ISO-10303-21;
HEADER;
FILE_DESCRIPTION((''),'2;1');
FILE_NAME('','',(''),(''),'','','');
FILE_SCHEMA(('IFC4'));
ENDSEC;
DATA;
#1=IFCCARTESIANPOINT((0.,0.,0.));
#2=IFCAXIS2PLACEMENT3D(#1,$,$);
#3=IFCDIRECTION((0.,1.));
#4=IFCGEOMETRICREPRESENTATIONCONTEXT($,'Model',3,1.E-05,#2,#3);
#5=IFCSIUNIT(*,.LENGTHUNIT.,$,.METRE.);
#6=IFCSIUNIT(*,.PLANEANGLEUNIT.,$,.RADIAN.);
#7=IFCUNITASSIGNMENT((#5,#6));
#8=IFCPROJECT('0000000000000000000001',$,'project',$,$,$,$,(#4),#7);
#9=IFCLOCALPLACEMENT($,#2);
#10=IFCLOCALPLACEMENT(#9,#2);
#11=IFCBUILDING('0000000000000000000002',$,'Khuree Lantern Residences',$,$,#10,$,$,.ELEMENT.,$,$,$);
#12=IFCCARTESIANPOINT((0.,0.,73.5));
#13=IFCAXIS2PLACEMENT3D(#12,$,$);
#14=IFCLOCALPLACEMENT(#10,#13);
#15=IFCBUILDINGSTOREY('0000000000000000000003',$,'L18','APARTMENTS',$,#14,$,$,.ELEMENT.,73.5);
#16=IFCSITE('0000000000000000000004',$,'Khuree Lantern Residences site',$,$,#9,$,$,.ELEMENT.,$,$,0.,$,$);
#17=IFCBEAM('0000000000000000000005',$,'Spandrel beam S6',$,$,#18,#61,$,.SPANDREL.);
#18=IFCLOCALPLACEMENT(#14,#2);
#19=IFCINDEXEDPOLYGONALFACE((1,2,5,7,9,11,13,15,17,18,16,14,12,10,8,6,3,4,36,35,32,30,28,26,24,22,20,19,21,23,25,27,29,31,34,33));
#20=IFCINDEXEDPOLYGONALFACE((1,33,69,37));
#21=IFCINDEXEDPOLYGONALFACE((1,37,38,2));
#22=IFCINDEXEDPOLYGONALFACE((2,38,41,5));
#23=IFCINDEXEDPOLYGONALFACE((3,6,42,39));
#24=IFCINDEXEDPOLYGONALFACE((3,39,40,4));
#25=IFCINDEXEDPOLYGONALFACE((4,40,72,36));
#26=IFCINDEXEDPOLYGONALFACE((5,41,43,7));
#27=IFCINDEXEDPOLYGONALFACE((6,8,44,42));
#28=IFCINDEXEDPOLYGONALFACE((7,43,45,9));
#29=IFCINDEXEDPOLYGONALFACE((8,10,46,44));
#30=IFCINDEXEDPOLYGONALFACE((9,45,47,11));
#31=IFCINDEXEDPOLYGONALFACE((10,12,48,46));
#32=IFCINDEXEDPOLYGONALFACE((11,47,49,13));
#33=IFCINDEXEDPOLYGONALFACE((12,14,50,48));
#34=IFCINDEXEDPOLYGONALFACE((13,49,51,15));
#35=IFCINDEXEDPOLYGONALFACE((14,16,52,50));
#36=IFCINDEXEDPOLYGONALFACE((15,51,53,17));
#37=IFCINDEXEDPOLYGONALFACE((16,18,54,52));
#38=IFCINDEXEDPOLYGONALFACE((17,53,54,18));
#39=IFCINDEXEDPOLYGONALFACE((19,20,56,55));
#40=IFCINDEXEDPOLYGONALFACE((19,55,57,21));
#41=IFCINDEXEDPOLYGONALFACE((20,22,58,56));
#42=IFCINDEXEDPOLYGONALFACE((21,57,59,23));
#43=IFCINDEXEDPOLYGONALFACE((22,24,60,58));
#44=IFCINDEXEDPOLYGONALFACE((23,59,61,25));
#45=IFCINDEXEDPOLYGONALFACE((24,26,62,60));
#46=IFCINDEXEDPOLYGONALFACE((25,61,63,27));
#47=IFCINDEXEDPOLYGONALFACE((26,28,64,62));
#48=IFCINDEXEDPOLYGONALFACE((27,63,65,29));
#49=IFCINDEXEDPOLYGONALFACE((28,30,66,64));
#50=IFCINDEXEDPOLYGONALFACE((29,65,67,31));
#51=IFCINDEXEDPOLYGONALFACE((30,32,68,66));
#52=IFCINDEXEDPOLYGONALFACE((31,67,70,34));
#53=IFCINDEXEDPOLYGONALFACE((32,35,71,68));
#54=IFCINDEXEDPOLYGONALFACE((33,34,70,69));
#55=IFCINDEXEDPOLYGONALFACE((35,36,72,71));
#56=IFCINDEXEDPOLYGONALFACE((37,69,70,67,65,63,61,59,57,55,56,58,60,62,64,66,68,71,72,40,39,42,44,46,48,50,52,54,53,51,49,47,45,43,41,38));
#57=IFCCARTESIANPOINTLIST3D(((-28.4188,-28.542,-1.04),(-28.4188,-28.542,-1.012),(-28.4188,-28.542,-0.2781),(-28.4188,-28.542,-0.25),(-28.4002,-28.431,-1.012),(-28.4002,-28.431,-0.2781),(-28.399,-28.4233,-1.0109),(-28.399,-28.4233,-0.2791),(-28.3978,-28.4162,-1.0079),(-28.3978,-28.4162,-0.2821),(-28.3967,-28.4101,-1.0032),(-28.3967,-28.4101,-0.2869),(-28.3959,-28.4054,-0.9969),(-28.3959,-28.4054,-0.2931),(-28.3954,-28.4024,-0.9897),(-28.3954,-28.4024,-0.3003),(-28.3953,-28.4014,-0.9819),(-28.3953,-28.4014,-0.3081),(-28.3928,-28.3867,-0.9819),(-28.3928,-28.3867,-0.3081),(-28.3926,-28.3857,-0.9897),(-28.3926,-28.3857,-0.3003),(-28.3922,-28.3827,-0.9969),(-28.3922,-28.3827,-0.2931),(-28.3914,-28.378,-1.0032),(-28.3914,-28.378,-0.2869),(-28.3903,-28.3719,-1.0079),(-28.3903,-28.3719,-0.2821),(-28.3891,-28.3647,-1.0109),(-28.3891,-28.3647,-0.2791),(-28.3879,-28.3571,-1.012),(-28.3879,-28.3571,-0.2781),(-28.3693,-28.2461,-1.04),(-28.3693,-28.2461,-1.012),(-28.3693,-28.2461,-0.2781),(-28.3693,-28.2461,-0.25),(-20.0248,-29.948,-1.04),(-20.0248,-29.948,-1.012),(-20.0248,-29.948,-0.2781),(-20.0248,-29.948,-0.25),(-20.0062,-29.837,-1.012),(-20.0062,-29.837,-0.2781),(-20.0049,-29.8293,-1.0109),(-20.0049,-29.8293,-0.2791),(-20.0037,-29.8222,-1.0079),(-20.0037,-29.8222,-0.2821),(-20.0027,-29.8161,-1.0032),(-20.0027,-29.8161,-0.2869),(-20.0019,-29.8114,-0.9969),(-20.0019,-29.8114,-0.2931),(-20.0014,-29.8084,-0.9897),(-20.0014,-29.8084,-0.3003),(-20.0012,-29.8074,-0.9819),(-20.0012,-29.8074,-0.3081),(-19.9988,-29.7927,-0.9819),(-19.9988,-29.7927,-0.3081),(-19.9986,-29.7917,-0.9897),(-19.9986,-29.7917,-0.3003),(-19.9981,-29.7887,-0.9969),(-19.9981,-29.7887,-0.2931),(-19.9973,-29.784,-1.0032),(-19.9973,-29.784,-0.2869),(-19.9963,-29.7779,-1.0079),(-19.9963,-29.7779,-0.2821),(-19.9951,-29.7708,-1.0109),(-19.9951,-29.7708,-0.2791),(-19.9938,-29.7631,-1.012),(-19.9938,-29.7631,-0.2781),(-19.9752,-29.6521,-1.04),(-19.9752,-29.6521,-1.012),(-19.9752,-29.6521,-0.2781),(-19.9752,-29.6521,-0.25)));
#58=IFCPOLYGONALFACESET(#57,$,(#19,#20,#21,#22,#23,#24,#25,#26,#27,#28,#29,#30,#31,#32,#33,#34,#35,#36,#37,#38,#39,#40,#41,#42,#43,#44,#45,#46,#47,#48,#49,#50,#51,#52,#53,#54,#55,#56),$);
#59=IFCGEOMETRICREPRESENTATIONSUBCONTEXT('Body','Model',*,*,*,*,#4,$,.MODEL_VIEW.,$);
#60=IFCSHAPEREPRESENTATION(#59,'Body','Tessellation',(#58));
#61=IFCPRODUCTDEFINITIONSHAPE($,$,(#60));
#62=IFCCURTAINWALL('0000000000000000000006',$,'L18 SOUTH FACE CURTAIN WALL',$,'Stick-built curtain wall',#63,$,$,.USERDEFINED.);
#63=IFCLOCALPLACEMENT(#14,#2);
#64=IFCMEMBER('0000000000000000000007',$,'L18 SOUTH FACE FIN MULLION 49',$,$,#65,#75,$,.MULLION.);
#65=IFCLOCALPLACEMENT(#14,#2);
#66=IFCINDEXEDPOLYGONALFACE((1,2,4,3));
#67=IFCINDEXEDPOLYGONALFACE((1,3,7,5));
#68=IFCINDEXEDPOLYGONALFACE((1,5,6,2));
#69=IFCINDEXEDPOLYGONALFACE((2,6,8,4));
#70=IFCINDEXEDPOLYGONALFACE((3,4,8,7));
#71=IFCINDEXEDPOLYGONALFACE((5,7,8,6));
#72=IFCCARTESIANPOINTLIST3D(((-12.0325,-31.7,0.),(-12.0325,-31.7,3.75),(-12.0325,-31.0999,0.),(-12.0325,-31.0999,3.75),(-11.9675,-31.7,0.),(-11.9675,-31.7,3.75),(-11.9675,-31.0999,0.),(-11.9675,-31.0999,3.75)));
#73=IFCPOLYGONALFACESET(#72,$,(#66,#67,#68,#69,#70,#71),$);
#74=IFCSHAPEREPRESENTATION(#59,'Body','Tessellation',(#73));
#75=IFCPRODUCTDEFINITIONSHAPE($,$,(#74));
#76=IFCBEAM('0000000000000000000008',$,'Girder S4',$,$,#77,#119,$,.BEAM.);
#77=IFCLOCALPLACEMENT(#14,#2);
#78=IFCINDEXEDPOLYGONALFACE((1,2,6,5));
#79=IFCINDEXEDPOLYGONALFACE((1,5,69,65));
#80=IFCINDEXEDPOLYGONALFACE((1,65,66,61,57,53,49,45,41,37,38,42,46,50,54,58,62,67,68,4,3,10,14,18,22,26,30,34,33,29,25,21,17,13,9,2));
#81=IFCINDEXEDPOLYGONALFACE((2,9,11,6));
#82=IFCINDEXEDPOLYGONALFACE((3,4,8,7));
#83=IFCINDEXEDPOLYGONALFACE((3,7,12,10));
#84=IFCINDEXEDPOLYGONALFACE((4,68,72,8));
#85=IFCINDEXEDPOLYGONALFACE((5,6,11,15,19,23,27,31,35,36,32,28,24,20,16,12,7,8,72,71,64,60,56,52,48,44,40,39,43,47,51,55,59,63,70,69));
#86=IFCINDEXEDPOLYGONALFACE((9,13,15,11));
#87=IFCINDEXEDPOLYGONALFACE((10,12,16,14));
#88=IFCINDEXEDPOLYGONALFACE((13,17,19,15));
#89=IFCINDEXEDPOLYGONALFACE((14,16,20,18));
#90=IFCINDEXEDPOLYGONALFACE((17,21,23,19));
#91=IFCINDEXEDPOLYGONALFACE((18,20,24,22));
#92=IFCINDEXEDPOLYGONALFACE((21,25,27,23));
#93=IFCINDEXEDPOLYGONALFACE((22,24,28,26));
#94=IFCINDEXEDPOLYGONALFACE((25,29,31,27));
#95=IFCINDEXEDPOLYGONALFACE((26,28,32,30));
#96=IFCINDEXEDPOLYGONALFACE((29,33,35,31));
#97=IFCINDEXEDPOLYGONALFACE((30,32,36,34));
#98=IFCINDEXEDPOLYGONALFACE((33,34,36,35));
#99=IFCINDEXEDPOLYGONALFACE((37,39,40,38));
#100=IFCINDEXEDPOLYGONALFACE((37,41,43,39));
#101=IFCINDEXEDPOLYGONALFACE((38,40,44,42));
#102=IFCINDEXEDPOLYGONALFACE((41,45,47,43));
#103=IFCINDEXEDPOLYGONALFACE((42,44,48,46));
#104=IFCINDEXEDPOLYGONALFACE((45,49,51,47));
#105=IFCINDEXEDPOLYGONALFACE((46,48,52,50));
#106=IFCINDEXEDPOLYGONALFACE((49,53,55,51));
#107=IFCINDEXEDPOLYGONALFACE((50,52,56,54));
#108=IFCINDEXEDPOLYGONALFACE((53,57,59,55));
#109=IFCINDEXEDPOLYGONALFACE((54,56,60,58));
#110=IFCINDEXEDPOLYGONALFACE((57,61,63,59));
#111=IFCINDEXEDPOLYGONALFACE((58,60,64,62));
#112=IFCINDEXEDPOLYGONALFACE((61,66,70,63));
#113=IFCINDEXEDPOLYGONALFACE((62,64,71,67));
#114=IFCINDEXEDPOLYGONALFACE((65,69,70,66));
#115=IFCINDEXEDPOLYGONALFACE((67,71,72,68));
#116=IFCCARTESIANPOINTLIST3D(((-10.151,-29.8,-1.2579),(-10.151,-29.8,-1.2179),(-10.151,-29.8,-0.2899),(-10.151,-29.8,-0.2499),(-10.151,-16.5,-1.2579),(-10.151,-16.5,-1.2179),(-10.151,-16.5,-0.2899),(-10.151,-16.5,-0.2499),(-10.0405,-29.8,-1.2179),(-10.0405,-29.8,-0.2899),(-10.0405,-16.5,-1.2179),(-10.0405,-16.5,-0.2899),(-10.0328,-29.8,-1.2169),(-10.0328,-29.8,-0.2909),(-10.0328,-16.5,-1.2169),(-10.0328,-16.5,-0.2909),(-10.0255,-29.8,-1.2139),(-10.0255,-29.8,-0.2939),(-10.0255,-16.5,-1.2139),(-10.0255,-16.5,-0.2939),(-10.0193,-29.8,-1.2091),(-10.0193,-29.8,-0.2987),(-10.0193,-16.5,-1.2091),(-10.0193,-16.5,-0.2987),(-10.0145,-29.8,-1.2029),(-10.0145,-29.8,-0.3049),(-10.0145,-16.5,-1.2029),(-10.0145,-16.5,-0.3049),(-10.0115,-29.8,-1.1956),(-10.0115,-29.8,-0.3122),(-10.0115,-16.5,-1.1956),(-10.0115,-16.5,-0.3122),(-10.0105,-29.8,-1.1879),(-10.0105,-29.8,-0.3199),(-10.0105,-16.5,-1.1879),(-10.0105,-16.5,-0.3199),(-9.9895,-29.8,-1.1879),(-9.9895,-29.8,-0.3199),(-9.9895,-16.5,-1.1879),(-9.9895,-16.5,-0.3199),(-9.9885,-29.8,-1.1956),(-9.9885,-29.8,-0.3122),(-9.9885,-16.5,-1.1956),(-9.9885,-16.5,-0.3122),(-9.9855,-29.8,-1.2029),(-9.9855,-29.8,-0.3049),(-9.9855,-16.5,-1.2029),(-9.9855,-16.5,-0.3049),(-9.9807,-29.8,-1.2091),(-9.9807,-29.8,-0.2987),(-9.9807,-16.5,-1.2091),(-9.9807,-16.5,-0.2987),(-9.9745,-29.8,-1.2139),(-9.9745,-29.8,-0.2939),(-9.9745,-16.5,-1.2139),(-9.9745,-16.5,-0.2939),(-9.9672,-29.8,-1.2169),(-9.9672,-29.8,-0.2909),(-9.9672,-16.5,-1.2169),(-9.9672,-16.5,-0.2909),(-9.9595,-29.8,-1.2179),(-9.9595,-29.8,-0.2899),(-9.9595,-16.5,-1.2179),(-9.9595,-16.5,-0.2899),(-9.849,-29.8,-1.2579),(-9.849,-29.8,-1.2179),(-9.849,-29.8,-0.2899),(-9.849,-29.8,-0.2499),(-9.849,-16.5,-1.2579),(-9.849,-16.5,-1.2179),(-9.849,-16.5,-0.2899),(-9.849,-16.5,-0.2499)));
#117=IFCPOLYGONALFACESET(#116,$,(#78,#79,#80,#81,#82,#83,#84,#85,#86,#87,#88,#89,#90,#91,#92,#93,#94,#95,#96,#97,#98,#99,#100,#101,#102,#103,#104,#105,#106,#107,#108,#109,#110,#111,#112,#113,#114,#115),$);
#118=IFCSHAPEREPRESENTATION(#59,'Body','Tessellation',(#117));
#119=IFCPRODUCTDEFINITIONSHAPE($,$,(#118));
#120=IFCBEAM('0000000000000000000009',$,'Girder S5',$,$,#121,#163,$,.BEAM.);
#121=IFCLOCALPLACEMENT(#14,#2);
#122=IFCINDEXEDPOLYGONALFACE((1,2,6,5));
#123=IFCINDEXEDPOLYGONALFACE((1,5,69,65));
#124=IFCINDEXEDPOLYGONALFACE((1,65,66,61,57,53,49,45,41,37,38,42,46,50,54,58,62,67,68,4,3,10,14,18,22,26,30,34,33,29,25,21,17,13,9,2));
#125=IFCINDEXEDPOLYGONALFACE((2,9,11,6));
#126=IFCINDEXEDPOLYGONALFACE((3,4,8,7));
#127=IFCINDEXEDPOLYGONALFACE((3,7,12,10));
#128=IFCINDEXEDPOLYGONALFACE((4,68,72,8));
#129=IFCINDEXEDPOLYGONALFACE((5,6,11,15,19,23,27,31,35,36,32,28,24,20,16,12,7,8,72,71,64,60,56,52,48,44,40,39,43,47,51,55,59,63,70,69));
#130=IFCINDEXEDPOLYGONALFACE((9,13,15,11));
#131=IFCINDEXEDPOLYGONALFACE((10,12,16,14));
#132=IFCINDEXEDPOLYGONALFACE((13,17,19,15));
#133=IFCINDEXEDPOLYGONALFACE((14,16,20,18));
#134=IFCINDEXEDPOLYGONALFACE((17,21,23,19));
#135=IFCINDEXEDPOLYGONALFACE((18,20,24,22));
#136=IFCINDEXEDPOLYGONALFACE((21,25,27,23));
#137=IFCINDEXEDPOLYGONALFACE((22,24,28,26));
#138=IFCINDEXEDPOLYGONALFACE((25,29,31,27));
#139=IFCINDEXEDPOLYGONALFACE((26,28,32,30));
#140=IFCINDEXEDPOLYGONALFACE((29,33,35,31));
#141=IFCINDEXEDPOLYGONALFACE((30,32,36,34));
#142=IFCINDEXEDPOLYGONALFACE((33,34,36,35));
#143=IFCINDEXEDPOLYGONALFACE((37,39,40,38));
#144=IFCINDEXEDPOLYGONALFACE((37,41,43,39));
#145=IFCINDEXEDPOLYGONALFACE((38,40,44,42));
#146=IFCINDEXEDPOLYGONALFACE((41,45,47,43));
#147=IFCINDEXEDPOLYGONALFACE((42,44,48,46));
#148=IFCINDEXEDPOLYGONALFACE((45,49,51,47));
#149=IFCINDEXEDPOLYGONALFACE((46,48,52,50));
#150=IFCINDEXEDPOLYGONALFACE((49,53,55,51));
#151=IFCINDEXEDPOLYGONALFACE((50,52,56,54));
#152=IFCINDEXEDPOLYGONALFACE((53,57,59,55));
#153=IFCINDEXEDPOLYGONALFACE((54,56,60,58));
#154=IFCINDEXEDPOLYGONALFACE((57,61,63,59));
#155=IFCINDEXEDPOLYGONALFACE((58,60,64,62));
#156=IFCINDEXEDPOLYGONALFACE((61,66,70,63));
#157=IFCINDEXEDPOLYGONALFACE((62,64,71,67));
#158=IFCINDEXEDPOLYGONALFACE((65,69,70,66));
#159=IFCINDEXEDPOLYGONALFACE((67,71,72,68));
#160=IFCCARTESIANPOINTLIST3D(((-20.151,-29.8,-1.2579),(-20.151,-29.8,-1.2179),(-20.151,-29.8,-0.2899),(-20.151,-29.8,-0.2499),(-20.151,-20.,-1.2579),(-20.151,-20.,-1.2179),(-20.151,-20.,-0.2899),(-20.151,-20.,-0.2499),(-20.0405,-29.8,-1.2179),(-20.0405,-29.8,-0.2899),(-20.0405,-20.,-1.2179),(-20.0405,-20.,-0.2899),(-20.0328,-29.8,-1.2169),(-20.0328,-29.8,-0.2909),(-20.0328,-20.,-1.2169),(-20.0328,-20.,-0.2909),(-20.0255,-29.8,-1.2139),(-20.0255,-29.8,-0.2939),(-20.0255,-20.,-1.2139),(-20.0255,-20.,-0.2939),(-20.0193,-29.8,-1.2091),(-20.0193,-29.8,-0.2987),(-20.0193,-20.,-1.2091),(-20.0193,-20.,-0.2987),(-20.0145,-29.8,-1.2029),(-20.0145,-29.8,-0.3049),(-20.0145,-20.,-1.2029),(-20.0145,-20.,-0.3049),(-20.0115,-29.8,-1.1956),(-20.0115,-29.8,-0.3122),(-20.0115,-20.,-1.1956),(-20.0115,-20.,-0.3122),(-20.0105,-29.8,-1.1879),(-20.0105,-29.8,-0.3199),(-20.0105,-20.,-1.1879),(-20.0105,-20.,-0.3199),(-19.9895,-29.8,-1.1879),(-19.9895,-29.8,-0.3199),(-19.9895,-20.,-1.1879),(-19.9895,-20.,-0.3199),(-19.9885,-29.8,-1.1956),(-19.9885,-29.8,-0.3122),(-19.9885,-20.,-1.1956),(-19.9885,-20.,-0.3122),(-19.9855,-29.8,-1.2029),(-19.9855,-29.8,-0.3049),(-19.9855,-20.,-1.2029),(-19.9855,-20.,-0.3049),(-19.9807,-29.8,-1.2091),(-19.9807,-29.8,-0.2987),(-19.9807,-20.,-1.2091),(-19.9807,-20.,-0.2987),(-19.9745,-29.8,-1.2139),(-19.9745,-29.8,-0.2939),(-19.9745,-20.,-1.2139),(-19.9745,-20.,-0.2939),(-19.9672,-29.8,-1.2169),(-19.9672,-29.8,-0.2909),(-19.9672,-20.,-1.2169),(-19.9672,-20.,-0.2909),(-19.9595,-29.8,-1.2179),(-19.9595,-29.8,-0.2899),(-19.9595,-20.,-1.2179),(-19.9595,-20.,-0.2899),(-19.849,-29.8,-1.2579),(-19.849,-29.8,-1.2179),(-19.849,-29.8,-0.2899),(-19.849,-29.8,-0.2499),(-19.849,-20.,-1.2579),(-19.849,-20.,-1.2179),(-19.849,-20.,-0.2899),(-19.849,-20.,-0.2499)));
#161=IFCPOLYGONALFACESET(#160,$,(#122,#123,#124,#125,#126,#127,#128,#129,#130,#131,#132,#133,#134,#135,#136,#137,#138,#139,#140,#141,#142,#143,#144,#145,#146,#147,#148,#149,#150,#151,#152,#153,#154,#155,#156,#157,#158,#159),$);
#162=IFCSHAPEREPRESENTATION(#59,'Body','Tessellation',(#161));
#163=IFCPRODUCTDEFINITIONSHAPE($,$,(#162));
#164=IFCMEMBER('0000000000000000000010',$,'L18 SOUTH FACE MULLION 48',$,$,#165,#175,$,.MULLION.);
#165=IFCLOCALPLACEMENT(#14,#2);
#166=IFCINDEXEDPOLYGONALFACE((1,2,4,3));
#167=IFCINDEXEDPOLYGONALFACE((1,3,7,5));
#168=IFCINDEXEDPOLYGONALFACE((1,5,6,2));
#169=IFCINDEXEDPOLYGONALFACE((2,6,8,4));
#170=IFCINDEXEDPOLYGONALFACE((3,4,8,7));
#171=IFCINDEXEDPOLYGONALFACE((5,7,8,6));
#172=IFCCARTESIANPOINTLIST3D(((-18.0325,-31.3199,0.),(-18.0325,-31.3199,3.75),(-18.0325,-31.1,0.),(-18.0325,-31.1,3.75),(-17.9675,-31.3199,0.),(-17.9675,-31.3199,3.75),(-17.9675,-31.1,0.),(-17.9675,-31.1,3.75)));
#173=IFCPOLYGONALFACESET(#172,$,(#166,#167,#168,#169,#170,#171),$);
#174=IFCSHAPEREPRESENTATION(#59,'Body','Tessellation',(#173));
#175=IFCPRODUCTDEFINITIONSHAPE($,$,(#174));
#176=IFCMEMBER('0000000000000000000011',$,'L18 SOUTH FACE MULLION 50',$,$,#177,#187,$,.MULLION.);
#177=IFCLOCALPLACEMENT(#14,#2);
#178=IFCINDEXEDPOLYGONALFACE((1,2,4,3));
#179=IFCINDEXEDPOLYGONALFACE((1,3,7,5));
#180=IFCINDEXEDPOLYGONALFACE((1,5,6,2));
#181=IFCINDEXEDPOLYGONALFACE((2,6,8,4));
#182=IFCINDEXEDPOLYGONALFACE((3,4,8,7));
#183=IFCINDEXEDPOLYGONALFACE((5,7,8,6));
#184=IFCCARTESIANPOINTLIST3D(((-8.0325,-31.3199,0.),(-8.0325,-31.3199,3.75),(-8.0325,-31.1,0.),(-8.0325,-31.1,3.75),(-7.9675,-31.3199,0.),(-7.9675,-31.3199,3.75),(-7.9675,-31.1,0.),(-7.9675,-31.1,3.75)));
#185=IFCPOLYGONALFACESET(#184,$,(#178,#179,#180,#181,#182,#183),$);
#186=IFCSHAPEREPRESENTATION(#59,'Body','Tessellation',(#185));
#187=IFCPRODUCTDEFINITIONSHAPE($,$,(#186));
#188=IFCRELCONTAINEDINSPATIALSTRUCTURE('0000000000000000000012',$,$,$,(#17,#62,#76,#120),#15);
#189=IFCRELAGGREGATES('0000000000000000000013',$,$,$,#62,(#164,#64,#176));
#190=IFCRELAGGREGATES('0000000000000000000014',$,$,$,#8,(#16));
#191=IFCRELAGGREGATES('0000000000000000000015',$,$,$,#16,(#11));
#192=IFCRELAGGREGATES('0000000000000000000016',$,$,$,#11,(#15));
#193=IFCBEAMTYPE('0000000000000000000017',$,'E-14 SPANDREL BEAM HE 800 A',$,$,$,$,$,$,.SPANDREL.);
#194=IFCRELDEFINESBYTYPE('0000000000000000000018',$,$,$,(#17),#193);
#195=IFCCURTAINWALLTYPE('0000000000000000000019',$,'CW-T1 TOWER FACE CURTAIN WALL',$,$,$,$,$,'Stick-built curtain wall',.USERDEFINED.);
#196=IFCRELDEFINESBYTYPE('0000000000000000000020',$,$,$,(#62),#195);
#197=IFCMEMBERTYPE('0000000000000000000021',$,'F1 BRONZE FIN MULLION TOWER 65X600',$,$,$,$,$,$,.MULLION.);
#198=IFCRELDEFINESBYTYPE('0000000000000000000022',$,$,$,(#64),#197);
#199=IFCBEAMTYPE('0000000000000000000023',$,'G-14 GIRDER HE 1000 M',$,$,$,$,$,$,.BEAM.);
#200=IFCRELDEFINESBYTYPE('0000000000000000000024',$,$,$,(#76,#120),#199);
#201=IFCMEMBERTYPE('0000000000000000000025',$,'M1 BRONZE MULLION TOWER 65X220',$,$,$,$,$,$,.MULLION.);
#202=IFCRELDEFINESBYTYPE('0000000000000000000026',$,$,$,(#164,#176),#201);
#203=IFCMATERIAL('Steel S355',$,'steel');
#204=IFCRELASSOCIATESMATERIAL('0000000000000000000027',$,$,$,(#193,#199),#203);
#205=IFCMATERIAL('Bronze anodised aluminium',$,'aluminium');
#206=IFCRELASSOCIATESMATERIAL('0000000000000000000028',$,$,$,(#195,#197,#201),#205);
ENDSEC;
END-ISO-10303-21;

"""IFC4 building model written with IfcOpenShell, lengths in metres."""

from ifc_helpers import new_model, si_unit, direction, frame, origin, origin_2d, place, context, subcontext, project, spatial, rectangle, i_section, extrude, material, material_profile, profile_set, type_object, element, aggregate, save


model = new_model("IFC4")

# Units and contexts
model_context = context("Model", 3, precision=1e-05, world=origin(), true_north=direction((0.0, 1.0)))
body_context = subcontext(model_context, "Body", "Model", "MODEL_VIEW")
ifc_project = project(units=[si_unit("LENGTHUNIT", "METRE"), si_unit("PLANEANGLEUNIT", "RADIAN")], contexts=[model_context])

# Site, building, storey
site_placement = place(None, origin())
site = spatial("IfcSite", under=ifc_project, at=site_placement, Name="Khuree Lantern Residences site", CompositionType="ELEMENT", RefElevation=0.0)
building_placement = place(site_placement, origin())
building = spatial("IfcBuilding", under=site, at=building_placement, Name="Khuree Lantern Residences", CompositionType="ELEMENT")
storey_placement = place(building_placement, frame((0.0, 0.0, 73.5)))
storey = spatial("IfcBuildingStorey", under=building, at=storey_placement, Name="L18", Description="APARTMENTS", CompositionType="ELEMENT", Elevation=73.5)

# Beam
ifc_material_1 = material(Name="Steel S355", Category="steel")
ifc_material_profile_1 = material_profile(ifc_material_1, i_section(OverallWidth=0.3, OverallDepth=0.79, WebThickness=0.0149, FlangeThickness=0.0281, FilletRadius=0.03, at=origin_2d()), Name="HE 800 A")
ifc_profile_set_1 = profile_set([ifc_material_profile_1], Name="Steel S355")
beam_type_1 = type_object("IfcBeamType", Name="E-14 SPANDREL BEAM HE 800 A", PredefinedType="SPANDREL", material=ifc_profile_set_1)
beam_1_placement = place(storey_placement, frame((-20.0, -29.8, -0.645), z_axis=(-0.98626, 0.165199, 0.0), x_axis=(-0.165199, -0.98626, 0.0)))
element("IfcBeam", 1, at=beam_1_placement, inside=storey, type_object=beam_type_1, Name="Spandrel beam S6", PredefinedType="SPANDREL", context=body_context, shape_type="SweptSolid", body=[
    extrude(i_section(OverallWidth=0.3, OverallDepth=0.79, WebThickness=0.0149, FlangeThickness=0.0281, FilletRadius=0.03, at=origin_2d()), origin(), (0.0, 0.0, 1.0), 8.511),
])

# Curtain wall, member
ifc_material_2 = material(Name="Bronze anodised aluminium", Category="aluminium")
curtain_wall_type = type_object("IfcCurtainWallType", Name="CW-T1 TOWER FACE CURTAIN WALL", ElementType="Stick-built curtain wall", PredefinedType="USERDEFINED", material=ifc_material_2)
curtain_wall_placement = place(storey_placement, origin())
curtain_wall = element("IfcCurtainWall", 2, at=curtain_wall_placement, inside=storey, type_object=curtain_wall_type, Name="L18 SOUTH FACE CURTAIN WALL", ObjectType="Stick-built curtain wall", PredefinedType="USERDEFINED")
ifc_material_profile_2 = material_profile(ifc_material_2, rectangle(XDim=0.0649, YDim=0.6001, at=origin_2d()), Name="F1 65X600")
ifc_profile_set_2 = profile_set([ifc_material_profile_2], Name="Bronze anodised aluminium")
member_type_1 = type_object("IfcMemberType", Name="F1 BRONZE FIN MULLION TOWER 65X600", PredefinedType="MULLION", material=ifc_profile_set_2)
member_1_placement = place(storey_placement, frame((-12.0, -31.3999, 0.0), z_axis=(0.0, 0.0, 1.0), x_axis=(1.0, 0.0, 0.0)))
member_1 = element("IfcMember", 3, at=member_1_placement, type_object=member_type_1, Name="L18 SOUTH FACE FIN MULLION 49", PredefinedType="MULLION", context=body_context, shape_type="SweptSolid", body=[
    extrude(rectangle(XDim=0.0649, YDim=0.6001, at=origin_2d()), origin(), (0.0, 0.0, 1.0), 3.75),
])

# Beams
ifc_material_profile_3 = material_profile(ifc_material_1, i_section(OverallWidth=0.302, OverallDepth=1.0081, WebThickness=0.021, FlangeThickness=0.04, FilletRadius=0.03, at=origin_2d()), Name="HE 1000 M")
ifc_profile_set_3 = profile_set([ifc_material_profile_3], Name="Steel S355")
beam_type_2 = type_object("IfcBeamType", Name="G-14 GIRDER HE 1000 M", PredefinedType="BEAM", material=ifc_profile_set_3)
beam_2_placement = place(storey_placement, frame((-10.0, -29.8, -0.7539), z_axis=(0.0, 1.0, 0.0), x_axis=(-1.0, 0.0, 0.0)))
element("IfcBeam", 4, at=beam_2_placement, inside=storey, type_object=beam_type_2, Name="Girder S4", PredefinedType="BEAM", context=body_context, shape_type="SweptSolid", body=[
    extrude(i_section(OverallWidth=0.302, OverallDepth=1.0081, WebThickness=0.021, FlangeThickness=0.04, FilletRadius=0.03, at=origin_2d()), origin(), (0.0, 0.0, 1.0), 13.3),
])
beam_3_placement = place(storey_placement, frame((-20.0, -29.8, -0.7539), z_axis=(0.0, 1.0, 0.0), x_axis=(-1.0, 0.0, 0.0)))
element("IfcBeam", 5, at=beam_3_placement, inside=storey, type_object=beam_type_2, Name="Girder S5", PredefinedType="BEAM", context=body_context, shape_type="SweptSolid", body=[
    extrude(i_section(OverallWidth=0.302, OverallDepth=1.0081, WebThickness=0.021, FlangeThickness=0.04, FilletRadius=0.03, at=origin_2d()), origin(), (0.0, 0.0, 1.0), 9.8),
])

# Members
ifc_material_profile_4 = material_profile(ifc_material_2, rectangle(XDim=0.0649, YDim=0.22, at=origin_2d()), Name="M1 65X220")
ifc_profile_set_4 = profile_set([ifc_material_profile_4], Name="Bronze anodised aluminium")
member_type_2 = type_object("IfcMemberType", Name="M1 BRONZE MULLION TOWER 65X220", PredefinedType="MULLION", material=ifc_profile_set_4)
member_2_placement = place(storey_placement, frame((-18.0, -31.21, 0.0), z_axis=(0.0, 0.0, 1.0), x_axis=(1.0, 0.0, 0.0)))
member_2 = element("IfcMember", 6, at=member_2_placement, type_object=member_type_2, Name="L18 SOUTH FACE MULLION 48", PredefinedType="MULLION", context=body_context, shape_type="SweptSolid", body=[
    extrude(rectangle(XDim=0.0649, YDim=0.22, at=origin_2d()), origin(), (0.0, 0.0, 1.0), 3.75),
])
member_3_placement = place(storey_placement, frame((-8.0, -31.21, 0.0), z_axis=(0.0, 0.0, 1.0), x_axis=(1.0, 0.0, 0.0)))
member_3 = element("IfcMember", 7, at=member_3_placement, type_object=member_type_2, Name="L18 SOUTH FACE MULLION 50", PredefinedType="MULLION", context=body_context, shape_type="SweptSolid", body=[
    extrude(rectangle(XDim=0.0649, YDim=0.22, at=origin_2d()), origin(), (0.0, 0.0, 1.0), 3.75),
])

aggregate(curtain_wall, [member_2, member_1, member_3])

save(model, "model.ifc")
